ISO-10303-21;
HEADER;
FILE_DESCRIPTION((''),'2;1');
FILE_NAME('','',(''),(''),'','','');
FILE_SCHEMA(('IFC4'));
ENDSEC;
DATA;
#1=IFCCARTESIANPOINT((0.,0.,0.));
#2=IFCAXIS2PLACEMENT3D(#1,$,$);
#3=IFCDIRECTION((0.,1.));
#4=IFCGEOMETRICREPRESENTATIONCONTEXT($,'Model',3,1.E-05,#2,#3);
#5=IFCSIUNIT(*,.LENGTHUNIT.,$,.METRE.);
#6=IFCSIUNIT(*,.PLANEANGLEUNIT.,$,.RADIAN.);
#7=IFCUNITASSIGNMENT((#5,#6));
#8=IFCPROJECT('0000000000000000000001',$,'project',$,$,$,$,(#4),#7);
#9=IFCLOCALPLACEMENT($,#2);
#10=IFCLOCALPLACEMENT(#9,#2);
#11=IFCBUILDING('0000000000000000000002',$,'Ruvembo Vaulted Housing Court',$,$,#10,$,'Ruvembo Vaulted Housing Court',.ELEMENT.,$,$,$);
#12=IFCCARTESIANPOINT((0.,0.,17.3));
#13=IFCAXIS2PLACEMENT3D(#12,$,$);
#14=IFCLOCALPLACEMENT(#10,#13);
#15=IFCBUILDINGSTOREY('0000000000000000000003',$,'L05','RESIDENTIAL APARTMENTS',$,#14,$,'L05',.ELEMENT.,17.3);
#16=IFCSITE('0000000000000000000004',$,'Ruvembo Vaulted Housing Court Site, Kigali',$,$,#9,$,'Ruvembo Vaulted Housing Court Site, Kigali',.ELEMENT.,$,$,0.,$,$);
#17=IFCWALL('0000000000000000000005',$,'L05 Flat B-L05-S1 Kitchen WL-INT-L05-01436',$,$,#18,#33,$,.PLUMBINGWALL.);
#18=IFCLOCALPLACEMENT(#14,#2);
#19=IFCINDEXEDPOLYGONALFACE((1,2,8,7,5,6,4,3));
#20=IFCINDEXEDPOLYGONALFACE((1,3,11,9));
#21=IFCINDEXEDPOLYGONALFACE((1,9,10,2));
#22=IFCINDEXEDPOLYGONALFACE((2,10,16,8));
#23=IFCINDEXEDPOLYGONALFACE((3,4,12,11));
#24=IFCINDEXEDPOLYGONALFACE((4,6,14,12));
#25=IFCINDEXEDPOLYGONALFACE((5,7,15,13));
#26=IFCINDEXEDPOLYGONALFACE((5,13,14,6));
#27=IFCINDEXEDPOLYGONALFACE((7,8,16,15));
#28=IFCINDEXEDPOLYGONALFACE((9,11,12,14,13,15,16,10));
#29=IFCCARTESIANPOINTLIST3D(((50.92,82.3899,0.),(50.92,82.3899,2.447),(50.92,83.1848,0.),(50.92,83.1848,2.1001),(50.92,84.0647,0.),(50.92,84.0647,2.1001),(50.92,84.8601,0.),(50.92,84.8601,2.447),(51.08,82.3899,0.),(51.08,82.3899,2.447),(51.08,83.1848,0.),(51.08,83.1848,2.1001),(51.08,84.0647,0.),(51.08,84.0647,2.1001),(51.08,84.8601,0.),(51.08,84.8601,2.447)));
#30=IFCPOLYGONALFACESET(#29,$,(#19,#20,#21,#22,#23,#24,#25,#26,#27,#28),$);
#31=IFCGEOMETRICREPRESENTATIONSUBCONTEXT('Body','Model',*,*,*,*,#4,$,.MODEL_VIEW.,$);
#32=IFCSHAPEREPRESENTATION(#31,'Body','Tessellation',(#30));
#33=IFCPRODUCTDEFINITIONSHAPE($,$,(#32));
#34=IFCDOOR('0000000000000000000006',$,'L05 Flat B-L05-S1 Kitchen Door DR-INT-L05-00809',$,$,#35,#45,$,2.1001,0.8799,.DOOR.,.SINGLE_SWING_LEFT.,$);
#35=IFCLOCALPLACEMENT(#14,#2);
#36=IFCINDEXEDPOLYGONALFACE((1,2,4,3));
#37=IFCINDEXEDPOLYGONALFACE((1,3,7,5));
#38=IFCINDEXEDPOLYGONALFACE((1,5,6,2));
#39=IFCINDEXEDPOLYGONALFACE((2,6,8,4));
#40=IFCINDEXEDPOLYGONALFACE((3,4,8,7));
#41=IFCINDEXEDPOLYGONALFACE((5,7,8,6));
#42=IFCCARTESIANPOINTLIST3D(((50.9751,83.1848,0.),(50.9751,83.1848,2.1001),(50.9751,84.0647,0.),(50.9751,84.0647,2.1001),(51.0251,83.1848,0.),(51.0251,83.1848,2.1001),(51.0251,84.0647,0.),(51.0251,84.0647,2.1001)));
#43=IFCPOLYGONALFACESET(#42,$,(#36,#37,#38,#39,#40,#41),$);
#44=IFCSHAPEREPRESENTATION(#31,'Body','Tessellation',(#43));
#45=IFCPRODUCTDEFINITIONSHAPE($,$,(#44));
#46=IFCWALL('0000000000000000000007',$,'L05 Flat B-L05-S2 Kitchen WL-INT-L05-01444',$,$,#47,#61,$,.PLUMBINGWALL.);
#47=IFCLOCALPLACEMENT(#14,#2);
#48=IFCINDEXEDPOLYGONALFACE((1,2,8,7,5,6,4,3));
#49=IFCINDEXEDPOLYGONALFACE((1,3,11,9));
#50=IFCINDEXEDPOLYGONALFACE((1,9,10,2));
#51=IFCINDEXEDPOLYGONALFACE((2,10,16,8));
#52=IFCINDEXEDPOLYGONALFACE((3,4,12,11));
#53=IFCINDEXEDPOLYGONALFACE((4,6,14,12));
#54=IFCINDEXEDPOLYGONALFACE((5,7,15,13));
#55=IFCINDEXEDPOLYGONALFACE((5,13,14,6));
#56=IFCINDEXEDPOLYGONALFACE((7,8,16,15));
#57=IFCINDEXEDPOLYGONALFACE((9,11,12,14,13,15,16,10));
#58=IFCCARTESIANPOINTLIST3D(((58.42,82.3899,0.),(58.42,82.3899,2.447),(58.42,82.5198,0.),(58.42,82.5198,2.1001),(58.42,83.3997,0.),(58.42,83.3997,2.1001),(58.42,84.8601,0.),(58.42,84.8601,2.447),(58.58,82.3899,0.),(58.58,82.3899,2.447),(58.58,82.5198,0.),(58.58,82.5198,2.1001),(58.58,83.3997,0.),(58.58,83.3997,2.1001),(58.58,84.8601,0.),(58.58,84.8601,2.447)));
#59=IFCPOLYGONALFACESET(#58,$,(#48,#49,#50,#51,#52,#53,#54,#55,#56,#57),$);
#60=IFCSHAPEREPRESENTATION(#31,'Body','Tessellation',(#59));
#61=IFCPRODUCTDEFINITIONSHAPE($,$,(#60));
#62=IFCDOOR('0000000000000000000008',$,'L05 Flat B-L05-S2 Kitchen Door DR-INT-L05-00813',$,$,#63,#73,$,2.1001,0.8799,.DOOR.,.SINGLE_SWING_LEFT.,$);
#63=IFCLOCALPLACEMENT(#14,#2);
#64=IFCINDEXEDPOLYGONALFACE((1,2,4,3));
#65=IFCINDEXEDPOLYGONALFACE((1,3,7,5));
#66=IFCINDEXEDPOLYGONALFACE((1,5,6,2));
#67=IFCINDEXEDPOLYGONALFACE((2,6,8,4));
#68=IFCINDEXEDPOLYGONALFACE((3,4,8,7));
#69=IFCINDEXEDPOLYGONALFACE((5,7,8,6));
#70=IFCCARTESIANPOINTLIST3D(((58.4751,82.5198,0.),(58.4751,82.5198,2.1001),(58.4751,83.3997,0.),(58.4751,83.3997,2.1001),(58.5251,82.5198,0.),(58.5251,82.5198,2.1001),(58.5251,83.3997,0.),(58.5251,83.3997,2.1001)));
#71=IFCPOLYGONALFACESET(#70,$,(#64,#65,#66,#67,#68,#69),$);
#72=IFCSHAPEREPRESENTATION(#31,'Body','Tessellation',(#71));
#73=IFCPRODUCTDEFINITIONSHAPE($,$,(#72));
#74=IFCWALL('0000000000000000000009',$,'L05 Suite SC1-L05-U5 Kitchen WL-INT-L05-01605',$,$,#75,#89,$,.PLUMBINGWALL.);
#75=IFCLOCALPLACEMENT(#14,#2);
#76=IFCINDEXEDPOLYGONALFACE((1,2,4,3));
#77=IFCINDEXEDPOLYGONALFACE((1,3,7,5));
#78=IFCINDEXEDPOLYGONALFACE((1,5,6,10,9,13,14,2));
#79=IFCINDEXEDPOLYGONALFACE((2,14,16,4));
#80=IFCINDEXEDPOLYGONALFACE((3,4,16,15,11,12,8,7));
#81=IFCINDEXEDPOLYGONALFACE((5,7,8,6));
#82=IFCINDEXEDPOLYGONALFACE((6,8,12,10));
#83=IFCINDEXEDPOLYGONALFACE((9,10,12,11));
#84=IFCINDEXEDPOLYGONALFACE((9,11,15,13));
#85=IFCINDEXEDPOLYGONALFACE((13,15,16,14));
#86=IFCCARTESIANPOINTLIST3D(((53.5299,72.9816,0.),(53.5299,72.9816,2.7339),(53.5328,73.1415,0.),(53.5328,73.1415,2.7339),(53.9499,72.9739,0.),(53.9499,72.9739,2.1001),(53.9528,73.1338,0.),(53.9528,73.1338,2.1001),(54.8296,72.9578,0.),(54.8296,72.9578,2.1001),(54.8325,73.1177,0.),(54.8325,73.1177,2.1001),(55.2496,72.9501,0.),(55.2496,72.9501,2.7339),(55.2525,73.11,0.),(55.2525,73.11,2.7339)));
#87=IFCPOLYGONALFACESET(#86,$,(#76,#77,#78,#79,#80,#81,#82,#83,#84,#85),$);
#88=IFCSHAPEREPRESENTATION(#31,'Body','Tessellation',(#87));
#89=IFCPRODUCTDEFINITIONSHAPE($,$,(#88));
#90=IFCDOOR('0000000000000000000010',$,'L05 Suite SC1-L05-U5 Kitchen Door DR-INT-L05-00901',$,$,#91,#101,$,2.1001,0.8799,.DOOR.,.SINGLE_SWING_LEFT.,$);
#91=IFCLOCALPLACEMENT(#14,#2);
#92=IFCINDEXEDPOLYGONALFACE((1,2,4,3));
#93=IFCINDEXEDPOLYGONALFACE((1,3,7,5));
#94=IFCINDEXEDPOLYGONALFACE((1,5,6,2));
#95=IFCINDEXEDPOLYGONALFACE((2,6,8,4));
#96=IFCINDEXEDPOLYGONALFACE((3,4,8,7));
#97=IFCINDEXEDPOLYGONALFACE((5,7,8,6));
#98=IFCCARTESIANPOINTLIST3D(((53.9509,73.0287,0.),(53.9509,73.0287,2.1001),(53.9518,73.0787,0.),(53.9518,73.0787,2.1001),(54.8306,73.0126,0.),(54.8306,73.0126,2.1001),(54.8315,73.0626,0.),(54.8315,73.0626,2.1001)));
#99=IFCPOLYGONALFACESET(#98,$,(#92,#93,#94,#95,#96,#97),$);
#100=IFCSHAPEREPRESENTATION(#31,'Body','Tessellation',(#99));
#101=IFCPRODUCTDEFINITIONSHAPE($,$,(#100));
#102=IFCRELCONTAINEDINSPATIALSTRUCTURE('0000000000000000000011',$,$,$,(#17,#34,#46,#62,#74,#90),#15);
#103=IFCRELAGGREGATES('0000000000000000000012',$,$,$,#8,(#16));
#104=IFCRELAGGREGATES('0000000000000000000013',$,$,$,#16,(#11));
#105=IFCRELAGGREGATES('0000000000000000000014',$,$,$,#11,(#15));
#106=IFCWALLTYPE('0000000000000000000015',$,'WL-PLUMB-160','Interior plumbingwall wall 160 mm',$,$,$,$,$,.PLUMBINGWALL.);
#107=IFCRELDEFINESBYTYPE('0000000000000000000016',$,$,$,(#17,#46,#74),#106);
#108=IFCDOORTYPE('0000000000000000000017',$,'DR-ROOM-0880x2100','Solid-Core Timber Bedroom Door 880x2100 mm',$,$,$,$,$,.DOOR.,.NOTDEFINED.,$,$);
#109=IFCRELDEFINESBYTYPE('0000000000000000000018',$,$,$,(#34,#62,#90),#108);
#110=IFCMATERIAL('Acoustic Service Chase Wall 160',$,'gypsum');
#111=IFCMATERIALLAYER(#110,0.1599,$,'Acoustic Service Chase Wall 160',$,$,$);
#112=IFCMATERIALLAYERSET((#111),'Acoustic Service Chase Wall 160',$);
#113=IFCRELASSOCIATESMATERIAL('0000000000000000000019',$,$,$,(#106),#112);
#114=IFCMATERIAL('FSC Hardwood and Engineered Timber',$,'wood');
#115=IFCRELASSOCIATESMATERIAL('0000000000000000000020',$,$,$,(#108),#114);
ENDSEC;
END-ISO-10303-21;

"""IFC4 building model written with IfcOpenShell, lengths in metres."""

from ifc_helpers import new_model, si_unit, direction, frame, frame_2d, origin, place, context, subcontext, project, spatial, rectangle, extrude, material, layer, layer_set, type_object, element, fill, save


model = new_model("IFC4")

# Units and contexts
model_context = context("Model", 3, precision=1e-05, world=origin(), true_north=direction((0.0, 1.0)))
body_context = subcontext(model_context, "Body", "Model", "MODEL_VIEW")
ifc_project = project(units=[si_unit("LENGTHUNIT", "METRE"), si_unit("PLANEANGLEUNIT", "RADIAN")], contexts=[model_context])

# Site, building, storey
site_placement = place(None, origin())
site = spatial("IfcSite", under=ifc_project, at=site_placement, Name="Ruvembo Vaulted Housing Court Site, Kigali", LongName="Ruvembo Vaulted Housing Court Site, Kigali", CompositionType="ELEMENT", RefElevation=0.0)
building_placement = place(site_placement, origin())
building = spatial("IfcBuilding", under=site, at=building_placement, Name="Ruvembo Vaulted Housing Court", LongName="Ruvembo Vaulted Housing Court", CompositionType="ELEMENT")
storey_placement = place(building_placement, frame((0.0, 0.0, 17.3)))
storey = spatial("IfcBuildingStorey", under=building, at=storey_placement, Name="L05", Description="RESIDENTIAL APARTMENTS", LongName="L05", CompositionType="ELEMENT", Elevation=17.3)

# Shared definitions
ifc_material_1 = material(Name="FSC Hardwood and Engineered Timber", Category="wood")

# Walls, openings, doors
ifc_material_2 = material(Name="Acoustic Service Chase Wall 160", Category="gypsum")
ifc_layer_1 = layer(ifc_material_2, 0.1599, Name="Acoustic Service Chase Wall 160")
ifc_layer_set_1 = layer_set([ifc_layer_1], Name="Acoustic Service Chase Wall 160")
wall_type_1 = type_object("IfcWallType", Name="WL-PLUMB-160", Description="Interior plumbingwall wall 160 mm", PredefinedType="PLUMBINGWALL", material=ifc_layer_set_1)
wall_1_placement = place(storey_placement, frame((51.0, 82.3899, 0.0), z_axis=(0.0, 0.0, 1.0), x_axis=(0.0, 1.0, 0.0)))
wall_1 = element("IfcWall", 1, at=wall_1_placement, inside=storey, type_object=wall_type_1, Name="L05 Flat B-L05-S1 Kitchen WL-INT-L05-01436", PredefinedType="PLUMBINGWALL", context=body_context, shape_type="SweptSolid", body=[
    extrude(rectangle(XDim=2.4702, YDim=0.1599, at=frame_2d((1.2351, 0.0))), origin(), (0.0, 0.0, 1.0), 2.447),
])
opening_1_placement = place(wall_1_placement, frame((0.7949, 0.0, 0.0)))
opening_1 = element("IfcOpeningElement", 2, at=opening_1_placement, cuts=wall_1, PredefinedType="OPENING", context=body_context, shape_type="SweptSolid", body=[
    extrude(rectangle(XDim=0.8799, YDim=2.1001, at=frame_2d((0.4399, 1.05))), frame((0.0, 0.0898, 0.0), z_axis=(0.0, -1.0, 0.0), x_axis=(1.0, 0.0, 0.0)), (0.0, 0.0, 1.0), 0.1799),
])
door_type_1 = type_object("IfcDoorType", Name="DR-ROOM-0880x2100", Description="Solid-Core Timber Bedroom Door 880x2100 mm", OperationType="NOTDEFINED", PredefinedType="DOOR", material=ifc_material_1)
door_1_placement = place(opening_1_placement, origin())
door_1 = element("IfcDoor", 3, at=door_1_placement, inside=storey, type_object=door_type_1, Name="L05 Flat B-L05-S1 Kitchen Door DR-INT-L05-00809", OperationType="SINGLE_SWING_LEFT", OverallHeight=2.1001, OverallWidth=0.8799, PredefinedType="DOOR", context=body_context, shape_type="SweptSolid", body=[
    extrude(rectangle(XDim=0.8799, YDim=2.1001, at=frame_2d((0.4399, 1.05))), frame((0.0, 0.0249, 0.0), z_axis=(0.0, -1.0, 0.0), x_axis=(1.0, 0.0, 0.0)), (0.0, 0.0, 1.0), 0.05),
])
fill(opening_1, door_1)
wall_2_placement = place(storey_placement, frame((58.5, 82.3899, 0.0), z_axis=(0.0, 0.0, 1.0), x_axis=(0.0, 1.0, 0.0)))
wall_2 = element("IfcWall", 4, at=wall_2_placement, inside=storey, type_object=wall_type_1, Name="L05 Flat B-L05-S2 Kitchen WL-INT-L05-01444", PredefinedType="PLUMBINGWALL", context=body_context, shape_type="SweptSolid", body=[
    extrude(rectangle(XDim=2.4702, YDim=0.1599, at=frame_2d((1.2351, 0.0))), origin(), (0.0, 0.0, 1.0), 2.447),
])
opening_2_placement = place(wall_2_placement, frame((0.1299, 0.0, 0.0)))
opening_2 = element("IfcOpeningElement", 5, at=opening_2_placement, cuts=wall_2, PredefinedType="OPENING", context=body_context, shape_type="SweptSolid", body=[
    extrude(rectangle(XDim=0.8799, YDim=2.1001, at=frame_2d((0.4399, 1.05))), frame((0.0, 0.0898, 0.0), z_axis=(0.0, -1.0, 0.0), x_axis=(1.0, 0.0, 0.0)), (0.0, 0.0, 1.0), 0.1799),
])
door_2_placement = place(opening_2_placement, origin())
door_2 = element("IfcDoor", 6, at=door_2_placement, inside=storey, type_object=door_type_1, Name="L05 Flat B-L05-S2 Kitchen Door DR-INT-L05-00813", OperationType="SINGLE_SWING_LEFT", OverallHeight=2.1001, OverallWidth=0.8799, PredefinedType="DOOR", context=body_context, shape_type="SweptSolid", body=[
    extrude(rectangle(XDim=0.8799, YDim=2.1001, at=frame_2d((0.4399, 1.05))), frame((0.0, 0.0249, 0.0), z_axis=(0.0, -1.0, 0.0), x_axis=(1.0, 0.0, 0.0)), (0.0, 0.0, 1.0), 0.05),
])
fill(opening_2, door_2)
wall_3_placement = place(storey_placement, frame((53.5315, 73.0615, 0.0), z_axis=(0.0, 0.0, 1.0), x_axis=(0.999832, -0.01831, 0.0)))
wall_3 = element("IfcWall", 7, at=wall_3_placement, inside=storey, type_object=wall_type_1, Name="L05 Suite SC1-L05-U5 Kitchen WL-INT-L05-01605", PredefinedType="PLUMBINGWALL", context=body_context, shape_type="SweptSolid", body=[
    extrude(rectangle(XDim=1.72, YDim=0.1599, at=frame_2d((0.8599, 0.0))), origin(), (0.0, 0.0, 1.0), 2.7339),
])
opening_3_placement = place(wall_3_placement, frame((0.4199, 0.0, 0.0)))
opening_3 = element("IfcOpeningElement", 8, at=opening_3_placement, cuts=wall_3, PredefinedType="OPENING", context=body_context, shape_type="SweptSolid", body=[
    extrude(rectangle(XDim=0.8799, YDim=2.1001, at=frame_2d((0.4399, 1.05))), frame((0.0, 0.0898, 0.0), z_axis=(0.0, -1.0, 0.0), x_axis=(1.0, 0.0, 0.0)), (0.0, 0.0, 1.0), 0.1799),
])
door_3_placement = place(opening_3_placement, origin())
door_3 = element("IfcDoor", 9, at=door_3_placement, inside=storey, type_object=door_type_1, Name="L05 Suite SC1-L05-U5 Kitchen Door DR-INT-L05-00901", OperationType="SINGLE_SWING_LEFT", OverallHeight=2.1001, OverallWidth=0.8799, PredefinedType="DOOR", context=body_context, shape_type="SweptSolid", body=[
    extrude(rectangle(XDim=0.8799, YDim=2.1001, at=frame_2d((0.4399, 1.05))), frame((0.0, 0.0249, 0.0), z_axis=(0.0, -1.0, 0.0), x_axis=(1.0, 0.0, 0.0)), (0.0, 0.0, 1.0), 0.05),
])
fill(opening_3, door_3)

save(model, "model.ifc")
